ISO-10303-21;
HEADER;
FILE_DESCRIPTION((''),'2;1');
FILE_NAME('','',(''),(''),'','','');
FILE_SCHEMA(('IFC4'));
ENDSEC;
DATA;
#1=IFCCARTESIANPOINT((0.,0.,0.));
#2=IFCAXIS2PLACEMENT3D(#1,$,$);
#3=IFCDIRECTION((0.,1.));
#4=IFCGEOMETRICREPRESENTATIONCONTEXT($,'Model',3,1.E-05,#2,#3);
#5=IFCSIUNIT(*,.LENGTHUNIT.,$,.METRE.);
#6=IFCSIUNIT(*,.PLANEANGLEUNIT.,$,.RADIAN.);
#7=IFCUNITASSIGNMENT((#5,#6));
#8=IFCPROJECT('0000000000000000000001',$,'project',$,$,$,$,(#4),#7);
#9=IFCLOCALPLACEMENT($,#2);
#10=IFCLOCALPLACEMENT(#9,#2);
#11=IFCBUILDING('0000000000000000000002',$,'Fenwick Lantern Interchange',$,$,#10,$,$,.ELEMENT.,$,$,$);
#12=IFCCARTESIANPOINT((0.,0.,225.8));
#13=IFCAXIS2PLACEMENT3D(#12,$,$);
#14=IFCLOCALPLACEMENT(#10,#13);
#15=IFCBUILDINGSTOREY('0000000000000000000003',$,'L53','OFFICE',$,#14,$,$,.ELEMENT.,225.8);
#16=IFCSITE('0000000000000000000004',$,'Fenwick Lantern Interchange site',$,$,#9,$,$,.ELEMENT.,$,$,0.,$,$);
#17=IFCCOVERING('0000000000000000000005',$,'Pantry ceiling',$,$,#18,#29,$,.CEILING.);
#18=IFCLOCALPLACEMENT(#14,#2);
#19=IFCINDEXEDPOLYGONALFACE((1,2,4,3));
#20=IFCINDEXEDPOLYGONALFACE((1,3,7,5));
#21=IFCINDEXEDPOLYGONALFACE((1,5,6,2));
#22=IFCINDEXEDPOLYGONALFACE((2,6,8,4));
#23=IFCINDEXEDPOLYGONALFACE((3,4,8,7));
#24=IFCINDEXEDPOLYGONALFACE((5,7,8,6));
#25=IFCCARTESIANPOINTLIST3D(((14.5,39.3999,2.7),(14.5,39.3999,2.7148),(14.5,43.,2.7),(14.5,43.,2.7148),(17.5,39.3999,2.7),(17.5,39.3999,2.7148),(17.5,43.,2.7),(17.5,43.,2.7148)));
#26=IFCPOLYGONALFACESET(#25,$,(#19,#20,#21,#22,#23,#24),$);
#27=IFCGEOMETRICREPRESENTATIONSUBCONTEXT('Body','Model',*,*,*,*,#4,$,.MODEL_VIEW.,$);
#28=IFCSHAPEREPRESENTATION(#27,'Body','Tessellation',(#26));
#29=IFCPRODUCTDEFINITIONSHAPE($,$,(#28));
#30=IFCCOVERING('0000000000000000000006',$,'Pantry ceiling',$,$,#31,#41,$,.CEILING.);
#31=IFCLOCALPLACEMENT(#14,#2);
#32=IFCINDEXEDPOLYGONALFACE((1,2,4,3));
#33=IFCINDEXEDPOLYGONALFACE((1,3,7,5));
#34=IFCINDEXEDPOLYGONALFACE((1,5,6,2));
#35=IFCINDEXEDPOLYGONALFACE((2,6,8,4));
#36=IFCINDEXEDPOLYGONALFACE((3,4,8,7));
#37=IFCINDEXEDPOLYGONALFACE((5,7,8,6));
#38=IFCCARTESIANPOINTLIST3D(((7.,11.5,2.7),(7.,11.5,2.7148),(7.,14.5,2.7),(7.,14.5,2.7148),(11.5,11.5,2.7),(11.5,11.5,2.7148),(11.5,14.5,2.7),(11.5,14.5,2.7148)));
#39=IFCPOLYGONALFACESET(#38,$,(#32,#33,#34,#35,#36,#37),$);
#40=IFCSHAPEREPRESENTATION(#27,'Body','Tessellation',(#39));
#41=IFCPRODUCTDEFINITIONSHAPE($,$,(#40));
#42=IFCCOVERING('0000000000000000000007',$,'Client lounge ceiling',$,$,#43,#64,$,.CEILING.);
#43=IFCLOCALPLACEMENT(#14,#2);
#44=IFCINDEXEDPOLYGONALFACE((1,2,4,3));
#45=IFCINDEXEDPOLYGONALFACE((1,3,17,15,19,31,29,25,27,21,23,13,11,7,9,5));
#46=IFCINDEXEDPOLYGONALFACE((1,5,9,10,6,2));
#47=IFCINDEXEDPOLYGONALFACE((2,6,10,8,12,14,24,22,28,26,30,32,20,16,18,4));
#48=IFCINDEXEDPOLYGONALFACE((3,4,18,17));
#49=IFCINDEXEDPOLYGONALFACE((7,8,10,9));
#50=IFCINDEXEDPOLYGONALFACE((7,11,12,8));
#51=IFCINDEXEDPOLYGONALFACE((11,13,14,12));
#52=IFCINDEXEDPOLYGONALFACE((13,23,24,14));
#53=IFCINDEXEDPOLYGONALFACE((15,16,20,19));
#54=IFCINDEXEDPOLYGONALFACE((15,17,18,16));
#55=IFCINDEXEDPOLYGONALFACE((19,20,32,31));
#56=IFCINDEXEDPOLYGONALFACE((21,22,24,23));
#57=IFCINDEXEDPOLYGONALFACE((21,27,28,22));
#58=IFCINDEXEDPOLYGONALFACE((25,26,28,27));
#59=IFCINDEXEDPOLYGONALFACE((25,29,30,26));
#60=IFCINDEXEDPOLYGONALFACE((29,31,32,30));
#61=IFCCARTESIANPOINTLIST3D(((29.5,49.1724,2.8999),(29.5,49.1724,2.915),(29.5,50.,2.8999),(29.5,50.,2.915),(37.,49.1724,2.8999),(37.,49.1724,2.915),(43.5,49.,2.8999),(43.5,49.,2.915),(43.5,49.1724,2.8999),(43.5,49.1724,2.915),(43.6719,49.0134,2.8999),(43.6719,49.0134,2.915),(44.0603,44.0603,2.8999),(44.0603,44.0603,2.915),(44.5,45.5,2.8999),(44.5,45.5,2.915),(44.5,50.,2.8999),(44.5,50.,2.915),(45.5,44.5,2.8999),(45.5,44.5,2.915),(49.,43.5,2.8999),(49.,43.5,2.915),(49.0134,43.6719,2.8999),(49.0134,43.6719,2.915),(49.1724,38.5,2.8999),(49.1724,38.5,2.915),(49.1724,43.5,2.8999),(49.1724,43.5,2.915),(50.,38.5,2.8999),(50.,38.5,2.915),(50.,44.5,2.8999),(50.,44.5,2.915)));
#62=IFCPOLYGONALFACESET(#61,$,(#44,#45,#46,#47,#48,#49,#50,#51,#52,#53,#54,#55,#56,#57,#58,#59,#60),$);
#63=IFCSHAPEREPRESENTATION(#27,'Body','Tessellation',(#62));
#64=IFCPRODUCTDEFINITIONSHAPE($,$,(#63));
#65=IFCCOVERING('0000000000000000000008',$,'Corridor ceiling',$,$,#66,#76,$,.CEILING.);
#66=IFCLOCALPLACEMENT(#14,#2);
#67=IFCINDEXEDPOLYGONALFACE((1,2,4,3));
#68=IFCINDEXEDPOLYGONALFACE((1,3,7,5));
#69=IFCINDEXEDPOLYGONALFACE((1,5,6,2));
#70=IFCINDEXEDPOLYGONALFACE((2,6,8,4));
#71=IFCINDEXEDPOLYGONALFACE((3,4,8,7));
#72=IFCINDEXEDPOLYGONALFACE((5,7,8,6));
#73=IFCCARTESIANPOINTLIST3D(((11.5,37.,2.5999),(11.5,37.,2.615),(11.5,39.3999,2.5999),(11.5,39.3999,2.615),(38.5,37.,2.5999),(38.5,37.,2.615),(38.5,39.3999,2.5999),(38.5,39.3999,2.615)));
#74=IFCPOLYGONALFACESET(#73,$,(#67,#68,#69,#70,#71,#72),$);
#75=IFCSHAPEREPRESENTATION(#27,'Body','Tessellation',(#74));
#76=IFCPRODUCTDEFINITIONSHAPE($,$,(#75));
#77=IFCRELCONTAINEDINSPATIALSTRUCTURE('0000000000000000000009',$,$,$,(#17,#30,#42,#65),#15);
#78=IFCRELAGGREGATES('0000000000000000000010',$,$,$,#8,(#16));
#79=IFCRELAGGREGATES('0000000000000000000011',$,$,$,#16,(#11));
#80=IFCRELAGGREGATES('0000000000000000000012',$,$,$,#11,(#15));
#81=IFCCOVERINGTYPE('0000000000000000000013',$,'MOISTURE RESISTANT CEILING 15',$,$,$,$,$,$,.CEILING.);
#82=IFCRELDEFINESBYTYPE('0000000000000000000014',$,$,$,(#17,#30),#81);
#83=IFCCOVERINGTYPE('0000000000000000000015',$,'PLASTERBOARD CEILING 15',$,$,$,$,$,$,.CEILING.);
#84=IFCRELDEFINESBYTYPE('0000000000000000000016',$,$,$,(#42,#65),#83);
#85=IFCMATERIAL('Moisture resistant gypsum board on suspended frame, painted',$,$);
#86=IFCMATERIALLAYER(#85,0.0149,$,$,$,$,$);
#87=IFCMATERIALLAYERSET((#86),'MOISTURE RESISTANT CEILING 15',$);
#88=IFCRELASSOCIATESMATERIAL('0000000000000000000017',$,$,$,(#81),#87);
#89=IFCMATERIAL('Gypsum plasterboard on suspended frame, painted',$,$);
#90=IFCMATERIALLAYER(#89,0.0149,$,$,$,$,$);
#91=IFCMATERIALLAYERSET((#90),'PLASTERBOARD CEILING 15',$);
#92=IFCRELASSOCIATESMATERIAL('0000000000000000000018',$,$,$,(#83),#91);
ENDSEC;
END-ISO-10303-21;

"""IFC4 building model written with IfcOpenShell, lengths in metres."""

from ifc_helpers import new_model, si_unit, direction, frame, origin, place, context, subcontext, project, spatial, polyline, outline, extrude, material, layer, layer_set, type_object, element, save


model = new_model("IFC4")

# Units and contexts
model_context = context("Model", 3, precision=1e-05, world=origin(), true_north=direction((0.0, 1.0)))
body_context = subcontext(model_context, "Body", "Model", "MODEL_VIEW")
ifc_project = project(units=[si_unit("LENGTHUNIT", "METRE"), si_unit("PLANEANGLEUNIT", "RADIAN")], contexts=[model_context])

# Site, building, storey
site_placement = place(None, origin())
site = spatial("IfcSite", under=ifc_project, at=site_placement, Name="Fenwick Lantern Interchange site", CompositionType="ELEMENT", RefElevation=0.0)
building_placement = place(site_placement, origin())
building = spatial("IfcBuilding", under=site, at=building_placement, Name="Fenwick Lantern Interchange", CompositionType="ELEMENT")
storey_placement = place(building_placement, frame((0.0, 0.0, 225.8)))
storey = spatial("IfcBuildingStorey", under=building, at=storey_placement, Name="L53", Description="OFFICE", CompositionType="ELEMENT", Elevation=225.8)

# Coverings
ifc_material_1 = material(Name="Moisture resistant gypsum board on suspended frame, painted")
ifc_layer_1 = layer(ifc_material_1, 0.0149)
ifc_layer_set_1 = layer_set([ifc_layer_1], Name="MOISTURE RESISTANT CEILING 15")
covering_type_1 = type_object("IfcCoveringType", Name="MOISTURE RESISTANT CEILING 15", PredefinedType="CEILING", material=ifc_layer_set_1)
covering_1_placement = place(storey_placement, frame((0.0, 0.0, 2.7)))
element("IfcCovering", 1, at=covering_1_placement, inside=storey, type_object=covering_type_1, Name="Pantry ceiling", PredefinedType="CEILING", context=body_context, shape_type="SweptSolid", body=[
    extrude(outline(polyline([(17.5, 43.0), (14.5, 43.0), (14.5, 39.3999), (17.5, 39.3999), (17.5, 43.0)])), origin(), (0.0, 0.0, 1.0), 0.0149),
])
covering_2_placement = place(storey_placement, frame((0.0, 0.0, 2.7)))
element("IfcCovering", 2, at=covering_2_placement, inside=storey, type_object=covering_type_1, Name="Pantry ceiling", PredefinedType="CEILING", context=body_context, shape_type="SweptSolid", body=[
    extrude(outline(polyline([(7.0, 14.5), (7.0, 11.5), (11.5, 11.5), (11.5, 14.5), (7.0, 14.5)])), origin(), (0.0, 0.0, 1.0), 0.0149),
])
ifc_material_2 = material(Name="Gypsum plasterboard on suspended frame, painted")
ifc_layer_2 = layer(ifc_material_2, 0.0149)
ifc_layer_set_2 = layer_set([ifc_layer_2], Name="PLASTERBOARD CEILING 15")
covering_type_2 = type_object("IfcCoveringType", Name="PLASTERBOARD CEILING 15", PredefinedType="CEILING", material=ifc_layer_set_2)
covering_3_placement = place(storey_placement, frame((0.0, 0.0, 2.8999)))
element("IfcCovering", 3, at=covering_3_placement, inside=storey, type_object=covering_type_2, Name="Client lounge ceiling", PredefinedType="CEILING", context=body_context, shape_type="SweptSolid", body=[
    extrude(outline(polyline([(44.5, 50.0), (29.5, 50.0), (29.5, 49.1724), (37.0, 49.1724), (43.5, 49.1724), (43.5, 49.0), (43.6719, 49.0134), (44.0603, 44.0603), (49.0134, 43.6719), (49.0, 43.5), (49.1724, 43.5), (49.1724, 38.5), (50.0, 38.5), (50.0, 44.5), (45.5, 44.5), (44.5, 45.5), (44.5, 50.0)])), origin(), (0.0, 0.0, 1.0), 0.0151),
])
covering_4_placement = place(storey_placement, frame((0.0, 0.0, 2.5999)))
element("IfcCovering", 4, at=covering_4_placement, inside=storey, type_object=covering_type_2, Name="Corridor ceiling", PredefinedType="CEILING", context=body_context, shape_type="SweptSolid", body=[
    extrude(outline(polyline([(11.5, 39.3999), (11.5, 37.0), (38.5, 37.0), (38.5, 39.3999), (11.5, 39.3999)])), origin(), (0.0, 0.0, 1.0), 0.0151),
])

save(model, "model.ifc")
